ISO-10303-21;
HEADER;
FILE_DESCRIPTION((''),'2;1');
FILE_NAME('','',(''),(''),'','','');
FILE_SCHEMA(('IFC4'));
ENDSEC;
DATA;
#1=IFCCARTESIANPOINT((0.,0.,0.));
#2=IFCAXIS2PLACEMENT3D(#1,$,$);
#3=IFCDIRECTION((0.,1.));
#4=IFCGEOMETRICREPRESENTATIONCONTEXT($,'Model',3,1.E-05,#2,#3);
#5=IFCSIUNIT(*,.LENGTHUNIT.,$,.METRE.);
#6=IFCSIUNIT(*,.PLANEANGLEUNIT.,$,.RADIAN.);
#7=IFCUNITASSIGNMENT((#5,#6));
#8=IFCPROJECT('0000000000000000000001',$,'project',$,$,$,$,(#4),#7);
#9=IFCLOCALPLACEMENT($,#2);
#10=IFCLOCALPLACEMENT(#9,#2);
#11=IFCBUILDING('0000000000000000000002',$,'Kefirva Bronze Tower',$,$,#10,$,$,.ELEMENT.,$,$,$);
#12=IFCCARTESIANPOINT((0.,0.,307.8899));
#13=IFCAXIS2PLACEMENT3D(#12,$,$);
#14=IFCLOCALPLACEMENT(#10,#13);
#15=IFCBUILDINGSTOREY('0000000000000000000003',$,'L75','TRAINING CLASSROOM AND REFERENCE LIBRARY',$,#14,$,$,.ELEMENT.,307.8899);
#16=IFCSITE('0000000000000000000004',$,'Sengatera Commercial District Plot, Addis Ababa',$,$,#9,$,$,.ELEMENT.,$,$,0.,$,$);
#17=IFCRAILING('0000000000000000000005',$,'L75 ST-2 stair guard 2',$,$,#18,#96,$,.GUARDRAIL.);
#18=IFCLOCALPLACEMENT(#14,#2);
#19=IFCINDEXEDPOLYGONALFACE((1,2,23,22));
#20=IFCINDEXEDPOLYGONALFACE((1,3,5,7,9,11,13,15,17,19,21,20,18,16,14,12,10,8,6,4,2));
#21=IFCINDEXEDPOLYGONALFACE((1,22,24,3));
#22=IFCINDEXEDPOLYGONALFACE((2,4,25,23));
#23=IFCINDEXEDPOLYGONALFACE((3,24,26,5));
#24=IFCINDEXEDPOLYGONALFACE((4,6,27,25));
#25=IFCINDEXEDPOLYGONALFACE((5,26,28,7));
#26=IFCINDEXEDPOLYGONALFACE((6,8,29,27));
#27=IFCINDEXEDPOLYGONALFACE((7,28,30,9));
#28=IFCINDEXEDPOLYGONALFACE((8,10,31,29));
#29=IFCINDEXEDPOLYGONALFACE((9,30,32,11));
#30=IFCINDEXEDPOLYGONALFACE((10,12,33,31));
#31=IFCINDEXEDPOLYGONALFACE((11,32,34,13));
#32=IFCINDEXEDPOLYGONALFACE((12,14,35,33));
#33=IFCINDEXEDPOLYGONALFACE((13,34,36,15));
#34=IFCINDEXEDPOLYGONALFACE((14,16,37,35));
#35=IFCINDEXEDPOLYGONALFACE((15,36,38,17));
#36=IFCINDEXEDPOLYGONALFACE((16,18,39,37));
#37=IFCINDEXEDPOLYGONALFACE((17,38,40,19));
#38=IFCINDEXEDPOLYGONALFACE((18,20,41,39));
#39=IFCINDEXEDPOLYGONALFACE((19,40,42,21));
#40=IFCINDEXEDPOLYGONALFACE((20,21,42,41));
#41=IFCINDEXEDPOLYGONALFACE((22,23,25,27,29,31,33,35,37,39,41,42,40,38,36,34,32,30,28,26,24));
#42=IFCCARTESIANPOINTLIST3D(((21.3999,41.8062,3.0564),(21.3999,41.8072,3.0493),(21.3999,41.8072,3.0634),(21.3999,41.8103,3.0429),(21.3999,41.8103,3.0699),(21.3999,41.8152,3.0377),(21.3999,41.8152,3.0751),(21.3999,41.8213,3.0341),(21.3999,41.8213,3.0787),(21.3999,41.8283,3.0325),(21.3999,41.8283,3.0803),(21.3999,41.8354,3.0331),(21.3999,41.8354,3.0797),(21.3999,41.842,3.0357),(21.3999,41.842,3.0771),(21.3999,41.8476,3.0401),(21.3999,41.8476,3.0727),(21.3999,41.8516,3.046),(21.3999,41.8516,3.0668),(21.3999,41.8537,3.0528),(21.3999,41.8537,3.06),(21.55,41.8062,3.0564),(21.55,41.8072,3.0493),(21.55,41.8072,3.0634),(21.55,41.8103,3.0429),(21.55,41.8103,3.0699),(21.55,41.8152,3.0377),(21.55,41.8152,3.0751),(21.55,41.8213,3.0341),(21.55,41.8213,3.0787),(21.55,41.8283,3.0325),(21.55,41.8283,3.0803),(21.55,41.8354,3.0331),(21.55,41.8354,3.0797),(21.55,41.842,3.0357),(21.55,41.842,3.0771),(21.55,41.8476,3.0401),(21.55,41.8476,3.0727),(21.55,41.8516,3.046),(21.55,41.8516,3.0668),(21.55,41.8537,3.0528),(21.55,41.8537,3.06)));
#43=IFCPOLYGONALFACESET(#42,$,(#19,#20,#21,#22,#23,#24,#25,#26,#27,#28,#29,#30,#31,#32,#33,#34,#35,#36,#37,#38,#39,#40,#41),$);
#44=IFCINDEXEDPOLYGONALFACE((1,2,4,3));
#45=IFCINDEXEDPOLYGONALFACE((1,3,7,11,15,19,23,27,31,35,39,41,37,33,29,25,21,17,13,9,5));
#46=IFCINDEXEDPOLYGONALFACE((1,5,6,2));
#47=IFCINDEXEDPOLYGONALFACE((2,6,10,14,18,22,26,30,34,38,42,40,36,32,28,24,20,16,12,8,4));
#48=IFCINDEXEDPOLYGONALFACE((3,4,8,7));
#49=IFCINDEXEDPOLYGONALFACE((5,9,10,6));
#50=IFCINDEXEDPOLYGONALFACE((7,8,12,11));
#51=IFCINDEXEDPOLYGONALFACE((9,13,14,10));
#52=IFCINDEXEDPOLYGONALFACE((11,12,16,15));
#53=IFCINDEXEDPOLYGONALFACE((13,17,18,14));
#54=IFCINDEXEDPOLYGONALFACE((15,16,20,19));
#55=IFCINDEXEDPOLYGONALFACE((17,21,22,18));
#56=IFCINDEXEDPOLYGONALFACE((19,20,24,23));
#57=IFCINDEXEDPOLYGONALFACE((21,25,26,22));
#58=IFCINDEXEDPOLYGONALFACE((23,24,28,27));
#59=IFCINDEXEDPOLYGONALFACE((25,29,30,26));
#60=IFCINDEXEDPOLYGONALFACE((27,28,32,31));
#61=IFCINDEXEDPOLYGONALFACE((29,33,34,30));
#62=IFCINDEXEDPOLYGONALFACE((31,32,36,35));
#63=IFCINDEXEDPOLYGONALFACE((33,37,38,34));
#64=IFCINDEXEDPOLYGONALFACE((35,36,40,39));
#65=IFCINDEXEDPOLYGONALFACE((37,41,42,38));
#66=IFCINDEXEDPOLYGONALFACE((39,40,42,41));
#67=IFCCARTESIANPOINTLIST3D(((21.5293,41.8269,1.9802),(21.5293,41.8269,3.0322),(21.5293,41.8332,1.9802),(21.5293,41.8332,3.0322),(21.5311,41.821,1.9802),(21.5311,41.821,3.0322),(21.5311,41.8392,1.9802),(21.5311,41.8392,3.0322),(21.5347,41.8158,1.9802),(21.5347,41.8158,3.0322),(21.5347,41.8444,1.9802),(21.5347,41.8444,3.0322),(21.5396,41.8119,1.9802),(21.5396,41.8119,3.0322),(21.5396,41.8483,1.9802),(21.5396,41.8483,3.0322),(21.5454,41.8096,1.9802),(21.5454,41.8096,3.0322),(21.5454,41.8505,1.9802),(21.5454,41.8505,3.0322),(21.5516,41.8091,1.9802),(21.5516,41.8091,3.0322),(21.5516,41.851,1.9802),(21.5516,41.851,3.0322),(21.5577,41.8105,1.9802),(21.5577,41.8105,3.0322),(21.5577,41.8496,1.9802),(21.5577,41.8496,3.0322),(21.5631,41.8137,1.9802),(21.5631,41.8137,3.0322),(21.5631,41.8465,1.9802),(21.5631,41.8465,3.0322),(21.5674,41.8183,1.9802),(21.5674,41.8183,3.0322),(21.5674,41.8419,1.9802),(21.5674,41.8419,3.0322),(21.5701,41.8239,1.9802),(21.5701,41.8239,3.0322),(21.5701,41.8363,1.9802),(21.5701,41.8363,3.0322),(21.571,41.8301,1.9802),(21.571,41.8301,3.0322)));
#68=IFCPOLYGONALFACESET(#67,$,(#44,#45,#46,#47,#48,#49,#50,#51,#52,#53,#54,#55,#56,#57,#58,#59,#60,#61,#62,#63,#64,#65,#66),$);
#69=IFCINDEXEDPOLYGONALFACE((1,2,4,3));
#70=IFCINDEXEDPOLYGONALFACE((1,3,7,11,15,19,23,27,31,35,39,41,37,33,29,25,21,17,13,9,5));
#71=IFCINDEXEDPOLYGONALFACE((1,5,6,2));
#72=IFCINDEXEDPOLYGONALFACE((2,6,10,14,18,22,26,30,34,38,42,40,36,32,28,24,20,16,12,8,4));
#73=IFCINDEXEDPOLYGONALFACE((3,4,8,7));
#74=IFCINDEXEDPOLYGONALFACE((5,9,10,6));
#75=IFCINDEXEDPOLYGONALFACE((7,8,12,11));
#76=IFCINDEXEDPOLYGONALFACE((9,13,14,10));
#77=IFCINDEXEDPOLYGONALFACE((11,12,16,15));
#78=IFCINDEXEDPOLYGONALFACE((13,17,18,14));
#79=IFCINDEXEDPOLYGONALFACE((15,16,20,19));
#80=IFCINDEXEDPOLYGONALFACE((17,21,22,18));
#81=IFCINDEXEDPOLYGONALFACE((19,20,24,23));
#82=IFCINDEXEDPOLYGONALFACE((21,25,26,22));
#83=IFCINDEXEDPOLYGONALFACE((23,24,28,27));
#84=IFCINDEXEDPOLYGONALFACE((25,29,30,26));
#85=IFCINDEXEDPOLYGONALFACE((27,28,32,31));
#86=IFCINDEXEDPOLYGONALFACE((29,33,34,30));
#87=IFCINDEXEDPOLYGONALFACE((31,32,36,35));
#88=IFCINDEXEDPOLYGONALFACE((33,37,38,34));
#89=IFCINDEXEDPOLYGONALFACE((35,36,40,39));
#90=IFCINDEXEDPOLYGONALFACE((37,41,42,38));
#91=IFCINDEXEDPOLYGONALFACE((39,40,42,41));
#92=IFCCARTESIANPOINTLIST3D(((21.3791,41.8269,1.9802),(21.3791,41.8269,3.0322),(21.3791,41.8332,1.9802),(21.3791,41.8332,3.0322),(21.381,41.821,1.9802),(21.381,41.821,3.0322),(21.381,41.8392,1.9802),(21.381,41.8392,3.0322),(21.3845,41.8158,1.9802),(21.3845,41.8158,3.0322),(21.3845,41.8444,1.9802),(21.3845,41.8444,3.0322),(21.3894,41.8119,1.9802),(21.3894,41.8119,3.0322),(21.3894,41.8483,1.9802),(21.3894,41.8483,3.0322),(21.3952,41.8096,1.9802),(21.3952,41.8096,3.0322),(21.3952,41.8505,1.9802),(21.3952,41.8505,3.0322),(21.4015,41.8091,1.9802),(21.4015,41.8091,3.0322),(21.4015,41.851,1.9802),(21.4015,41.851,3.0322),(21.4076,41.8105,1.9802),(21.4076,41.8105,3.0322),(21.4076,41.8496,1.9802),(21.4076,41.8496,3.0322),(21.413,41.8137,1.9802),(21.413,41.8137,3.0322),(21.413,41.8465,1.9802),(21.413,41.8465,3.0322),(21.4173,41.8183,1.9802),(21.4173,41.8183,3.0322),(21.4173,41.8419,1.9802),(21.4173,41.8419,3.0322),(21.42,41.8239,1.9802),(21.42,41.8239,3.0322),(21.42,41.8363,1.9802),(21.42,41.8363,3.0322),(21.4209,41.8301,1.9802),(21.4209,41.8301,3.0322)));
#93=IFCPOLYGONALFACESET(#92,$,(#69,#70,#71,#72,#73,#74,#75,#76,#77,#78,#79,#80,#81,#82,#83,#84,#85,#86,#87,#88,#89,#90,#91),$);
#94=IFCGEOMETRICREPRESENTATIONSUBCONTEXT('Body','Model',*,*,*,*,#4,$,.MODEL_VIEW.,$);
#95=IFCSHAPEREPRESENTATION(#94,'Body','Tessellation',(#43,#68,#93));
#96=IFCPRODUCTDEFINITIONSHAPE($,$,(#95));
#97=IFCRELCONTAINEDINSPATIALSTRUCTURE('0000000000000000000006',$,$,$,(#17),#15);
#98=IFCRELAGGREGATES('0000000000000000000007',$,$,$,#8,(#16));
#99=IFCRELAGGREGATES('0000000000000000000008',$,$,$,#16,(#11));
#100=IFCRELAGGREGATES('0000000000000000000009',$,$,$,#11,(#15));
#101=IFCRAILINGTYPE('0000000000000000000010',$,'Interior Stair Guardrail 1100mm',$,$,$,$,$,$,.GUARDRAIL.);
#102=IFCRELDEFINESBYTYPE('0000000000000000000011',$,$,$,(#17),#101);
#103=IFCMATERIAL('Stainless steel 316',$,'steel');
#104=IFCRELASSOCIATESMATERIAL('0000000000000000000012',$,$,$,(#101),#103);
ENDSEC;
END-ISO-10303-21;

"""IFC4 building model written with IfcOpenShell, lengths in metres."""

from ifc_helpers import new_model, si_unit, direction, frame, origin, origin_2d, place, context, subcontext, project, spatial, circle, extrude, material, type_object, element, save


model = new_model("IFC4")

# Units and contexts
model_context = context("Model", 3, precision=1e-05, world=origin(), true_north=direction((0.0, 1.0)))
body_context = subcontext(model_context, "Body", "Model", "MODEL_VIEW")
ifc_project = project(units=[si_unit("LENGTHUNIT", "METRE"), si_unit("PLANEANGLEUNIT", "RADIAN")], contexts=[model_context])

# Site, building, storey
site_placement = place(None, origin())
site = spatial("IfcSite", under=ifc_project, at=site_placement, Name="Sengatera Commercial District Plot, Addis Ababa", CompositionType="ELEMENT", RefElevation=0.0)
building_placement = place(site_placement, origin())
building = spatial("IfcBuilding", under=site, at=building_placement, Name="Kefirva Bronze Tower", CompositionType="ELEMENT")
storey_placement = place(building_placement, frame((0.0, 0.0, 307.8899)))
storey = spatial("IfcBuildingStorey", under=building, at=storey_placement, Name="L75", Description="TRAINING CLASSROOM AND REFERENCE LIBRARY", CompositionType="ELEMENT", Elevation=307.8899)

# Shared definitions
ifc_material_1 = material(Name="Stainless steel 316", Category="steel")

# Railing
railing_type_1 = type_object("IfcRailingType", Name="Interior Stair Guardrail 1100mm", PredefinedType="GUARDRAIL", material=ifc_material_1)
railing_1_placement = place(storey_placement, frame((21.55, 41.8301, 1.9802)))
element("IfcRailing", 1, at=railing_1_placement, inside=storey, type_object=railing_type_1, Name="L75 ST-2 stair guard 2", PredefinedType="GUARDRAIL", context=body_context, shape_type="SweptSolid", body=[
    extrude(circle(Radius=0.0239, at=origin_2d()), frame((0.0, 0.0, 1.0762), z_axis=(-1.0, 0.0, 0.0), x_axis=(0.0, -1.0, 0.0)), (0.0, 0.0, 1.0), 0.1501),
    extrude(circle(Radius=0.021, at=origin_2d()), origin(), (0.0, 0.0, 1.0), 1.052),
    extrude(circle(Radius=0.021, at=origin_2d()), frame((-0.1501, 0.0, 0.0)), (0.0, 0.0, 1.0), 1.052),
])

save(model, "model.ifc")
